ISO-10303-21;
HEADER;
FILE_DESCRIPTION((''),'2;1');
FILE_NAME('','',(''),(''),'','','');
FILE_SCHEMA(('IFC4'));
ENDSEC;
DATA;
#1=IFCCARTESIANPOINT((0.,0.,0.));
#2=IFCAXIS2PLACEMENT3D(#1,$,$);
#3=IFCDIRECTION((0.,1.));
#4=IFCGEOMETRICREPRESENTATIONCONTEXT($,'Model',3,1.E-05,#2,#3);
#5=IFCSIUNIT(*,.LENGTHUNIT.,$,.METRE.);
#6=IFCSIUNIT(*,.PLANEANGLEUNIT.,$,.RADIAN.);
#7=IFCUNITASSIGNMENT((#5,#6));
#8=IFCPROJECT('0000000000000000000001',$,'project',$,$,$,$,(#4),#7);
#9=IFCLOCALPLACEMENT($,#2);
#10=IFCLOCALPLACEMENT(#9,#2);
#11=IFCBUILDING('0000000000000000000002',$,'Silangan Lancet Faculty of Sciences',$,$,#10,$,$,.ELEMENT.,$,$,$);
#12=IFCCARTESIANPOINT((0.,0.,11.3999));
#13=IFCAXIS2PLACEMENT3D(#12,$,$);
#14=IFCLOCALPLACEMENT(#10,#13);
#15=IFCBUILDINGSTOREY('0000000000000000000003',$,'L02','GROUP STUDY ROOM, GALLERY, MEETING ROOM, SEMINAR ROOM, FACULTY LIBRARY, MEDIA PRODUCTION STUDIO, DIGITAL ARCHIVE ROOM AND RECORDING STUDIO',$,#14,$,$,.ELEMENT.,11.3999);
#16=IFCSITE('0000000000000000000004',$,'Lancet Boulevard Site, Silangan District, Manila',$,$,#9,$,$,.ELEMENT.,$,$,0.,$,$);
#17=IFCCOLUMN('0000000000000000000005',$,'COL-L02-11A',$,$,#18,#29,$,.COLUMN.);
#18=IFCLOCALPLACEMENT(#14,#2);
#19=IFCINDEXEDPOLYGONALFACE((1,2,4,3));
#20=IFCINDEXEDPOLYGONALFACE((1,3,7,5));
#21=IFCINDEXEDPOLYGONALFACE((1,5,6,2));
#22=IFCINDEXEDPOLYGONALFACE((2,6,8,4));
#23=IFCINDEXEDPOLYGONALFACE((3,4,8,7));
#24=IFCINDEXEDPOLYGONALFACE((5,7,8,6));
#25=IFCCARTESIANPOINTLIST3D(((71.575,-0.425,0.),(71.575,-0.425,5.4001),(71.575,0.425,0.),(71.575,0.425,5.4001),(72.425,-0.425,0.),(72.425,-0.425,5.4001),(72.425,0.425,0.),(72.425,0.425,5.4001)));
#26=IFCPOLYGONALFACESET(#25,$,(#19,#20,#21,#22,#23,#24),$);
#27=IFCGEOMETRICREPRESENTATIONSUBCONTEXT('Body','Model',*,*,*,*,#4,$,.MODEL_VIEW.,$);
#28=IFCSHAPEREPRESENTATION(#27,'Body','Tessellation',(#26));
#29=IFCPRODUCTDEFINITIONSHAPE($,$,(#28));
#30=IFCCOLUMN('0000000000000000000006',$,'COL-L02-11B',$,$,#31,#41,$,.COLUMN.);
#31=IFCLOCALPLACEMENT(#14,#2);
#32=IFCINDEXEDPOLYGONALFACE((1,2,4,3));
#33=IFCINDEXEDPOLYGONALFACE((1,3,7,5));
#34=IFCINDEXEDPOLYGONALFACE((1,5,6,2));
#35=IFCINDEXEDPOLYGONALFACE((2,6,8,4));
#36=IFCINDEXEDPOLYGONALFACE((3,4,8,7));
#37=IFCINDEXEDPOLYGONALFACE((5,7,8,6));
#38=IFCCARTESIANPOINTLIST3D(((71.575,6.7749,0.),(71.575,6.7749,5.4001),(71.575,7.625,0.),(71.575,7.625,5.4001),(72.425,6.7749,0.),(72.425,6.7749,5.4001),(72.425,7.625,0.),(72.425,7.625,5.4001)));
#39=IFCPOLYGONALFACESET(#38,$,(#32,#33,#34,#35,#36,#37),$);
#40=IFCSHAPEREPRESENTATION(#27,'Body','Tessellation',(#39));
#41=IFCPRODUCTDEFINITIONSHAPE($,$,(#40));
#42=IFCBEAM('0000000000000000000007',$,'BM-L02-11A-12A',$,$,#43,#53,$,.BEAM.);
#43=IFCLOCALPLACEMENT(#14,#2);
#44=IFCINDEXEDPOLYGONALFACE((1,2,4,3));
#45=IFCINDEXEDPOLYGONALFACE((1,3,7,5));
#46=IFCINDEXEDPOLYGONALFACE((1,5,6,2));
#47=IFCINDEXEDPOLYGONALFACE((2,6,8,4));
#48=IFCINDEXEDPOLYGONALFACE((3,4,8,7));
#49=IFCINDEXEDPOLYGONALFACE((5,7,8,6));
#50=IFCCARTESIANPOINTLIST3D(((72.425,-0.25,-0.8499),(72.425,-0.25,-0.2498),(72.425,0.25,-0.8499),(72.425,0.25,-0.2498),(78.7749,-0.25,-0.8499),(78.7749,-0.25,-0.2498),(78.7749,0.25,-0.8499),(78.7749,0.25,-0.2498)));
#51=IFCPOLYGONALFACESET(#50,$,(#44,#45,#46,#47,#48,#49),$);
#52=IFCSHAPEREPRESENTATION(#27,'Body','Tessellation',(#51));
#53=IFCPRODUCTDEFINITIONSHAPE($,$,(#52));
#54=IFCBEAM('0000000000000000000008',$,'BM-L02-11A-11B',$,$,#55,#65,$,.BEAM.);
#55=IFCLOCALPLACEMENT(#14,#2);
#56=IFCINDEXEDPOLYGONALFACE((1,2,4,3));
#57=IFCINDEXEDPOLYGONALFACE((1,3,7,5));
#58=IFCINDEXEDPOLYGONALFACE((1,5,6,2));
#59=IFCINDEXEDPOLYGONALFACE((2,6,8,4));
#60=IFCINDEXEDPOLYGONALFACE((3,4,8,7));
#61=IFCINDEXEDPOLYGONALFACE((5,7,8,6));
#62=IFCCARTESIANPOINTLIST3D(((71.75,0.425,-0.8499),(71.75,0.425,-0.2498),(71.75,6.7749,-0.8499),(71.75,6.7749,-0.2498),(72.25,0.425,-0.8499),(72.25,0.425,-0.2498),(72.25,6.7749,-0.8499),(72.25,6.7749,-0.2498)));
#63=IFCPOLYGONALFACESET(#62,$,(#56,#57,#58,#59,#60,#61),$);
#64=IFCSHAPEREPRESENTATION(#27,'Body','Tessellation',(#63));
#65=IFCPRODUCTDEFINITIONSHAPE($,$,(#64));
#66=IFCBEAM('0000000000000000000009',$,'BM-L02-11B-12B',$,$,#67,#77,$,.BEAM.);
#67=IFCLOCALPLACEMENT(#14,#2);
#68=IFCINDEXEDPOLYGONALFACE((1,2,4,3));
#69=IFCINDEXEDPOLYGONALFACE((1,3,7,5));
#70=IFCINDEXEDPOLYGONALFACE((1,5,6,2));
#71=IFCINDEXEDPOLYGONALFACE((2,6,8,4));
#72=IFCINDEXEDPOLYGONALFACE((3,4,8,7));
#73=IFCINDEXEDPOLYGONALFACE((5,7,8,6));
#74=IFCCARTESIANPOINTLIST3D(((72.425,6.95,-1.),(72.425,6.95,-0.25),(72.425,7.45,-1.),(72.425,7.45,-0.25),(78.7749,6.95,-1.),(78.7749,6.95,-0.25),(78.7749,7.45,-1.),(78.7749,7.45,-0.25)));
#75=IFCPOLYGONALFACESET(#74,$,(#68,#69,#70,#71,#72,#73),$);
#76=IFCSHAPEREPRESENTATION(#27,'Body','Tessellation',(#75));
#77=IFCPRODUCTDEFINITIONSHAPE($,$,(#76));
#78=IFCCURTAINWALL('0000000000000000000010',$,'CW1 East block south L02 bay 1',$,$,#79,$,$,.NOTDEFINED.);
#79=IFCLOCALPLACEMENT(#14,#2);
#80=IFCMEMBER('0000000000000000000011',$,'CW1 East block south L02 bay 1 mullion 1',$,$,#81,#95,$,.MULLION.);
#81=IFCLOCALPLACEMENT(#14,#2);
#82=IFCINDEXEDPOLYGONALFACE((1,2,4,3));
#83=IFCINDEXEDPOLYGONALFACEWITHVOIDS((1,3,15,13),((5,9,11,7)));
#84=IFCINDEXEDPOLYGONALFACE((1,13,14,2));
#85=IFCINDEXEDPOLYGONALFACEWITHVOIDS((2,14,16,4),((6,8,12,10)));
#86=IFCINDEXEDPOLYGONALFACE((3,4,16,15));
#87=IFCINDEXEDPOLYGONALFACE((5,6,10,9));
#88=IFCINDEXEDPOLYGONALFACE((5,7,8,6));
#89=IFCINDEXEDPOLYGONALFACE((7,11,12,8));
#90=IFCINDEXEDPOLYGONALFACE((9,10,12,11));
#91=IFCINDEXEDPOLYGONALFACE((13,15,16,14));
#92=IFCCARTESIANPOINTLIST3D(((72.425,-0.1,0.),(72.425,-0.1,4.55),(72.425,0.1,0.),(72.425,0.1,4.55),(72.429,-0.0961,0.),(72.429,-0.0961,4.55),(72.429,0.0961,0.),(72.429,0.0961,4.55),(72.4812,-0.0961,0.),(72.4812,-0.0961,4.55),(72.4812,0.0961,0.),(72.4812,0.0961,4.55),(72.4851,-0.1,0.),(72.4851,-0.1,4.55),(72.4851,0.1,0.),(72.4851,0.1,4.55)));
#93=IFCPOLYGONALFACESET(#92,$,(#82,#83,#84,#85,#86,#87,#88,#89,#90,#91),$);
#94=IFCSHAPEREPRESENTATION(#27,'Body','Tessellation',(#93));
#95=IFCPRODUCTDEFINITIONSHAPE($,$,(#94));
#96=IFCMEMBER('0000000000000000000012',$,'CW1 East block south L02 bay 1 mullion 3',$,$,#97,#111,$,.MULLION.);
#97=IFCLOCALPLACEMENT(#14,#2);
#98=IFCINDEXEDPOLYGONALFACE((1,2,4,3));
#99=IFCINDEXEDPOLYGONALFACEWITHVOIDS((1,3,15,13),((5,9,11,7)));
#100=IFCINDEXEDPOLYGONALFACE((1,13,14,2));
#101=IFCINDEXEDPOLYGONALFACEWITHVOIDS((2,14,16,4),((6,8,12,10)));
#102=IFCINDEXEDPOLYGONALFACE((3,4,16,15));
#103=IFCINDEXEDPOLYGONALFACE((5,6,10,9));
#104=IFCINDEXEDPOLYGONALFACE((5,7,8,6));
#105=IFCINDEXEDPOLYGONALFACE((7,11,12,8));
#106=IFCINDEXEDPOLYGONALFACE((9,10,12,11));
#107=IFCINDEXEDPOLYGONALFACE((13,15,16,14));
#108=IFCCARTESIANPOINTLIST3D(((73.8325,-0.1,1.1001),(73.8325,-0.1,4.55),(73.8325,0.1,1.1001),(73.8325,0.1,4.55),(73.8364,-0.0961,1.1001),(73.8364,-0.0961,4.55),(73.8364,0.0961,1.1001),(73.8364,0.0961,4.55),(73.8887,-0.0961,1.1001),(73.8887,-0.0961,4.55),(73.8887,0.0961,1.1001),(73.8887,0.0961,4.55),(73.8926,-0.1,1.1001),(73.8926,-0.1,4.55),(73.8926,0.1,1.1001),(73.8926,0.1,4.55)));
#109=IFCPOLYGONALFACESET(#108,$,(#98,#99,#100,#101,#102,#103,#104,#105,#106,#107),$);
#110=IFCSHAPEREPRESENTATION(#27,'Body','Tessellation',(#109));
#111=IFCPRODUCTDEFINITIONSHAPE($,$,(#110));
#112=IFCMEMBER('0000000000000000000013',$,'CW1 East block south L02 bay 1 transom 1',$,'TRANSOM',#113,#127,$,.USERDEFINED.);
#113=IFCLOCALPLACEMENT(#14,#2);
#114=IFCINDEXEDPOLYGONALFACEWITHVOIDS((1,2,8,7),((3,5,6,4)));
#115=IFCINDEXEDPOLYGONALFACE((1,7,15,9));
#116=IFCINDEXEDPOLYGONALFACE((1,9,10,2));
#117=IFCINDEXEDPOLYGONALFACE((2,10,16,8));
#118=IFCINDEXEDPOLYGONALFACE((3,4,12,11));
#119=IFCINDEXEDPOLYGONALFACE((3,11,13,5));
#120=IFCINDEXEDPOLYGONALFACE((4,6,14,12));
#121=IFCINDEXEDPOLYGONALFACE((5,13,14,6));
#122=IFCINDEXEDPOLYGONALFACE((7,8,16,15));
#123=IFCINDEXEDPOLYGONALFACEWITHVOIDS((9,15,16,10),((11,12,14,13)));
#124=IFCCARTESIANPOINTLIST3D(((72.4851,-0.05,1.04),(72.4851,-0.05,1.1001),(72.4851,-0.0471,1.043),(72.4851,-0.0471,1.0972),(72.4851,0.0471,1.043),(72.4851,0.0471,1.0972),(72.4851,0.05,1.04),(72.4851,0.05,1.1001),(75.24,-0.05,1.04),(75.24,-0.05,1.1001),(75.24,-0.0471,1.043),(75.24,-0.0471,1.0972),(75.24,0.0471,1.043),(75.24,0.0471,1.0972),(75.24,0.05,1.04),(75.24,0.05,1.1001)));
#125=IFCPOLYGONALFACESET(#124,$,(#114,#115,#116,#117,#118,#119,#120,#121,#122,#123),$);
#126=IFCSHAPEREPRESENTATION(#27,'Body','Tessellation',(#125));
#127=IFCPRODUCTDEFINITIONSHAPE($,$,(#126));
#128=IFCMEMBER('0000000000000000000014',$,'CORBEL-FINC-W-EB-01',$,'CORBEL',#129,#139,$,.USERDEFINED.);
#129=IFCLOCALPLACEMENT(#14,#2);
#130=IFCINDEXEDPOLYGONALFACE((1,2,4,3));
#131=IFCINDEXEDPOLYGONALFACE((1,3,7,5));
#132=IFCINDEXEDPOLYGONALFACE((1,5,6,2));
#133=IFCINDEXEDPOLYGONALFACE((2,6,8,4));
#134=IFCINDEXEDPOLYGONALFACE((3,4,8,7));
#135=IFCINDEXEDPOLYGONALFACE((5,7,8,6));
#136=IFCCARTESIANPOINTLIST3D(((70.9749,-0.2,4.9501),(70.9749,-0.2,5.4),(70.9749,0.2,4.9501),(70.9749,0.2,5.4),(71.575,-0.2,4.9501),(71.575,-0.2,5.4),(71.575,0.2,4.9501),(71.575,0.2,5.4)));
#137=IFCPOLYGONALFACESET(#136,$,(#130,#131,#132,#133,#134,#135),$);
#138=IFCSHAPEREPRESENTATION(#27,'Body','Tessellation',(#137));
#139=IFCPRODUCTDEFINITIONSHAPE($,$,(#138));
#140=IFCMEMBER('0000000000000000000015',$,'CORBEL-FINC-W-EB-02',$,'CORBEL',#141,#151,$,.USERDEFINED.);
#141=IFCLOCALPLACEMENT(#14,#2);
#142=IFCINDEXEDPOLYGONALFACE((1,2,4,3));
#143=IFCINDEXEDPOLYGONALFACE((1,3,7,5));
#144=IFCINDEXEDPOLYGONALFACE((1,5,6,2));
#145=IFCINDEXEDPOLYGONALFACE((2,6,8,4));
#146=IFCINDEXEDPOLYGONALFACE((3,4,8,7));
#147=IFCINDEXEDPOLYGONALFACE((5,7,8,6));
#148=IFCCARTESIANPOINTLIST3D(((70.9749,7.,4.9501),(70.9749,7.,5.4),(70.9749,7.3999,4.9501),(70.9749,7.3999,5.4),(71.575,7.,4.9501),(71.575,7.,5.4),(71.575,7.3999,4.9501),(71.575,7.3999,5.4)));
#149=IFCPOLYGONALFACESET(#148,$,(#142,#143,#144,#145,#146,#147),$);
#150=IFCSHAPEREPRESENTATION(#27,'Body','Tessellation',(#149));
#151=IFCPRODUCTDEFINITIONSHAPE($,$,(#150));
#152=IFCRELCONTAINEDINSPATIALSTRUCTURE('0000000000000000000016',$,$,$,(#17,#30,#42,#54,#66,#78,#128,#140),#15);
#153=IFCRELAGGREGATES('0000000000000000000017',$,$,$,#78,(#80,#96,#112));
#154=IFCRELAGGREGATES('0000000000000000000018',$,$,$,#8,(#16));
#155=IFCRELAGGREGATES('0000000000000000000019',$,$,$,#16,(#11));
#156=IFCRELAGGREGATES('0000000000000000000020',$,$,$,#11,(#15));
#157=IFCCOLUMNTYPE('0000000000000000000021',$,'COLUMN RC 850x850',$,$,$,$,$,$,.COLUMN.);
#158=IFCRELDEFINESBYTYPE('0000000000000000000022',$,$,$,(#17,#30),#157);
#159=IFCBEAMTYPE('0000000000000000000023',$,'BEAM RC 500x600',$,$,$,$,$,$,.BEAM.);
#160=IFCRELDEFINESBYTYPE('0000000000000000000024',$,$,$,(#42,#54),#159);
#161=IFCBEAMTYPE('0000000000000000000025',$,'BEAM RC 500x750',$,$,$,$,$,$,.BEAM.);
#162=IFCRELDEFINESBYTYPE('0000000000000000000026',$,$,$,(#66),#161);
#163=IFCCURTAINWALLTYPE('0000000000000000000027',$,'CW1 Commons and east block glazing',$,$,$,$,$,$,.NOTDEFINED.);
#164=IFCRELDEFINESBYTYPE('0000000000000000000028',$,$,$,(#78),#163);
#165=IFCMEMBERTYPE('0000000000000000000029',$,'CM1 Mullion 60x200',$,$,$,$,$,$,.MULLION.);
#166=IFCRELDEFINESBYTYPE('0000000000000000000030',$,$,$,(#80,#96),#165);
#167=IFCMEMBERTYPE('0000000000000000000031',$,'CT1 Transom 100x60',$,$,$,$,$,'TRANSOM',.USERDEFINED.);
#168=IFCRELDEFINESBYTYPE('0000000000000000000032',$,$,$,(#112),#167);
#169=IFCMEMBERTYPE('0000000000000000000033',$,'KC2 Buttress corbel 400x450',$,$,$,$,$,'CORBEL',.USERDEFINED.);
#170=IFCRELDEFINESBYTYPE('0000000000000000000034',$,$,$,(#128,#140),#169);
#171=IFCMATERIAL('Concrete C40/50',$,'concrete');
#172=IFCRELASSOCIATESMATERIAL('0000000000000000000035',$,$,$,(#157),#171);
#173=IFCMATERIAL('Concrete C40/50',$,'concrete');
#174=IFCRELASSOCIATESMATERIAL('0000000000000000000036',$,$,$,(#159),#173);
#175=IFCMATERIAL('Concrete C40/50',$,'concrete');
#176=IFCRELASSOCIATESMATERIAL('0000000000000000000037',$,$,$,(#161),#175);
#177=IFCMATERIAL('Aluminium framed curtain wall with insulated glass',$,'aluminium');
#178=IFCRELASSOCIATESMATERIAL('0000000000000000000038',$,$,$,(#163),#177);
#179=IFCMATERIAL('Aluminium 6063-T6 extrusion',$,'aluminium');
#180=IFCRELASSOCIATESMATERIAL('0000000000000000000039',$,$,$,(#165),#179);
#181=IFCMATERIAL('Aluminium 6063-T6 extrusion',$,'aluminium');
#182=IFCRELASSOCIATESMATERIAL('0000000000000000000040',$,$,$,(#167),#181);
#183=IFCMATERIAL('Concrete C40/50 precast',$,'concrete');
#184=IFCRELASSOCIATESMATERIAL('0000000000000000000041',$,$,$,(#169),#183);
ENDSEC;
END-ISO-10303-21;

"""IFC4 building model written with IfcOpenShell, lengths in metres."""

from ifc_helpers import new_model, si_unit, direction, frame, origin, origin_2d, place, context, subcontext, project, spatial, rectangle, hollow_rectangle, extrude, material, material_profile, profile_set, type_object, element, aggregate, save


model = new_model("IFC4")

# Units and contexts
model_context = context("Model", 3, precision=1e-05, world=origin(), true_north=direction((0.0, 1.0)))
body_context = subcontext(model_context, "Body", "Model", "MODEL_VIEW")
ifc_project = project(units=[si_unit("LENGTHUNIT", "METRE"), si_unit("PLANEANGLEUNIT", "RADIAN")], contexts=[model_context])

# Site, building, storey
site_placement = place(None, origin())
site = spatial("IfcSite", under=ifc_project, at=site_placement, Name="Lancet Boulevard Site, Silangan District, Manila", CompositionType="ELEMENT", RefElevation=0.0)
building_placement = place(site_placement, origin())
building = spatial("IfcBuilding", under=site, at=building_placement, Name="Silangan Lancet Faculty of Sciences", CompositionType="ELEMENT")
storey_placement = place(building_placement, frame((0.0, 0.0, 11.3999)))
storey = spatial("IfcBuildingStorey", under=building, at=storey_placement, Name="L02", Description="GROUP STUDY ROOM, GALLERY, MEETING ROOM, SEMINAR ROOM, FACULTY LIBRARY, MEDIA PRODUCTION STUDIO, DIGITAL ARCHIVE ROOM AND RECORDING STUDIO", CompositionType="ELEMENT", Elevation=11.3999)

# Columns
ifc_material_1 = material(Name="Concrete C40/50", Category="concrete")
ifc_material_profile_1 = material_profile(ifc_material_1, rectangle(XDim=0.8501, YDim=0.8501, at=origin_2d()), Name="RC 850x850")
ifc_profile_set_1 = profile_set([ifc_material_profile_1], Name="Concrete C40/50")
column_type = type_object("IfcColumnType", Name="COLUMN RC 850x850", PredefinedType="COLUMN", material=ifc_profile_set_1)
for number, where, z_axis, x_axis, name in (
    (1, (72.0, 0.0, 0.0), (0.0, 0.0, 1.0), (1.0, 0.0, 0.0), "COL-L02-11A"),
    (2, (72.0, 7.2, 0.0), (0.0, 0.0, 1.0), (1.0, 0.0, 0.0), "COL-L02-11B"),
):
    element("IfcColumn", number, at=place(storey_placement, frame(where, z_axis=z_axis, x_axis=x_axis)), inside=storey, type_object=column_type, Name=name, PredefinedType="COLUMN", context=body_context, shape_type="SweptSolid", body=[
        extrude(rectangle(XDim=0.8501, YDim=0.8501, at=origin_2d()), origin(), (0.0, 0.0, 1.0), 5.4001),
    ])

# Beams
ifc_material_2 = material(Name="Concrete C40/50", Category="concrete")
ifc_material_profile_2 = material_profile(ifc_material_2, rectangle(XDim=0.5, YDim=0.6001, at=origin_2d()), Name="RC 500x600")
ifc_profile_set_2 = profile_set([ifc_material_profile_2], Name="Concrete C40/50")
beam_type_1 = type_object("IfcBeamType", Name="BEAM RC 500x600", PredefinedType="BEAM", material=ifc_profile_set_2)
for number, where, z_axis, x_axis, name in (
    (3, (72.425, 0.0, -0.5498), (1.0, 0.0, 0.0), (0.0, 1.0, 0.0), "BM-L02-11A-12A"),
    (4, (72.0, 0.425, -0.5498), (0.0, 1.0, 0.0), (-1.0, 0.0, 0.0), "BM-L02-11A-11B"),
):
    element("IfcBeam", number, at=place(storey_placement, frame(where, z_axis=z_axis, x_axis=x_axis)), inside=storey, type_object=beam_type_1, Name=name, PredefinedType="BEAM", context=body_context, shape_type="SweptSolid", body=[
        extrude(rectangle(XDim=0.5, YDim=0.6001, at=origin_2d()), origin(), (0.0, 0.0, 1.0), 6.3499),
    ])
ifc_material_3 = material(Name="Concrete C40/50", Category="concrete")
ifc_material_profile_3 = material_profile(ifc_material_3, rectangle(XDim=0.5, YDim=0.75, at=origin_2d()), Name="RC 500x750")
ifc_profile_set_3 = profile_set([ifc_material_profile_3], Name="Concrete C40/50")
beam_type_2 = type_object("IfcBeamType", Name="BEAM RC 500x750", PredefinedType="BEAM", material=ifc_profile_set_3)
beam_placement = place(storey_placement, frame((72.425, 7.2, -0.625), z_axis=(1.0, 0.0, 0.0), x_axis=(0.0, 1.0, 0.0)))
element("IfcBeam", 5, at=beam_placement, inside=storey, type_object=beam_type_2, Name="BM-L02-11B-12B", PredefinedType="BEAM", context=body_context, shape_type="SweptSolid", body=[
    extrude(rectangle(XDim=0.5, YDim=0.75, at=origin_2d()), origin(), (0.0, 0.0, 1.0), 6.3499),
])

# Curtain wall, members
ifc_material_4 = material(Name="Aluminium framed curtain wall with insulated glass", Category="aluminium")
curtain_wall_type_1 = type_object("IfcCurtainWallType", Name="CW1 Commons and east block glazing", PredefinedType="NOTDEFINED", material=ifc_material_4)
curtain_wall_1_placement = place(storey_placement, origin())
curtain_wall_1 = element("IfcCurtainWall", 6, at=curtain_wall_1_placement, inside=storey, type_object=curtain_wall_type_1, Name="CW1 East block south L02 bay 1", PredefinedType="NOTDEFINED")
ifc_material_5 = material(Name="Aluminium 6063-T6 extrusion", Category="aluminium")
ifc_material_profile_4 = material_profile(ifc_material_5, hollow_rectangle(XDim=0.0601, YDim=0.2, WallThickness=0.0039, at=origin_2d()), Name="AL BOX 60x200x4")
ifc_profile_set_4 = profile_set([ifc_material_profile_4], Name="Aluminium 6063-T6 extrusion")
member_type_1 = type_object("IfcMemberType", Name="CM1 Mullion 60x200", PredefinedType="MULLION", material=ifc_profile_set_4)
member_1_placement = place(storey_placement, frame((72.4551, 0.0, 0.0), z_axis=(0.0, 0.0, 1.0), x_axis=(1.0, 0.0, 0.0)))
member_1 = element("IfcMember", 7, at=member_1_placement, type_object=member_type_1, Name="CW1 East block south L02 bay 1 mullion 1", PredefinedType="MULLION", context=body_context, shape_type="SweptSolid", body=[
    extrude(hollow_rectangle(XDim=0.0601, YDim=0.2, WallThickness=0.0039, at=origin_2d()), origin(), (0.0, 0.0, 1.0), 4.55),
])
member_2_placement = place(storey_placement, frame((73.8625, 0.0, 1.1001), z_axis=(0.0, 0.0, 1.0), x_axis=(1.0, 0.0, 0.0)))
member_2 = element("IfcMember", 8, at=member_2_placement, type_object=member_type_1, Name="CW1 East block south L02 bay 1 mullion 3", PredefinedType="MULLION", context=body_context, shape_type="SweptSolid", body=[
    extrude(hollow_rectangle(XDim=0.0601, YDim=0.2, WallThickness=0.0039, at=origin_2d()), origin(), (0.0, 0.0, 1.0), 3.45),
])
ifc_material_6 = material(Name="Aluminium 6063-T6 extrusion", Category="aluminium")
ifc_material_profile_5 = material_profile(ifc_material_6, hollow_rectangle(XDim=0.1001, YDim=0.0601, WallThickness=0.0029, at=origin_2d()), Name="AL BOX 100x60x3")
ifc_profile_set_5 = profile_set([ifc_material_profile_5], Name="Aluminium 6063-T6 extrusion")
member_type_2 = type_object("IfcMemberType", Name="CT1 Transom 100x60", ElementType="TRANSOM", PredefinedType="USERDEFINED", material=ifc_profile_set_5)
member_3_placement = place(storey_placement, frame((72.4851, 0.0, 1.0701), z_axis=(1.0, 0.0, 0.0), x_axis=(0.0, 1.0, 0.0)))
member_3 = element("IfcMember", 9, at=member_3_placement, type_object=member_type_2, Name="CW1 East block south L02 bay 1 transom 1", ObjectType="TRANSOM", PredefinedType="USERDEFINED", context=body_context, shape_type="SweptSolid", body=[
    extrude(hollow_rectangle(XDim=0.1001, YDim=0.0601, WallThickness=0.0029, at=origin_2d()), origin(), (0.0, 0.0, 1.0), 2.7549),
])

# Members
ifc_material_7 = material(Name="Concrete C40/50 precast", Category="concrete")
ifc_material_profile_6 = material_profile(ifc_material_7, rectangle(XDim=0.3999, YDim=0.45, at=origin_2d()), Name="RC 400x450")
ifc_profile_set_6 = profile_set([ifc_material_profile_6], Name="Concrete C40/50 precast")
member_type_3 = type_object("IfcMemberType", Name="KC2 Buttress corbel 400x450", ElementType="CORBEL", PredefinedType="USERDEFINED", material=ifc_profile_set_6)
for number, where, z_axis, x_axis, name in (
    (10, (71.575, 0.0, 5.175), (-1.0, 0.0, 0.0), (0.0, -1.0, 0.0), "CORBEL-FINC-W-EB-01"),
    (11, (71.575, 7.2, 5.175), (-1.0, 0.0, 0.0), (0.0, -1.0, 0.0), "CORBEL-FINC-W-EB-02"),
):
    element("IfcMember", number, at=place(storey_placement, frame(where, z_axis=z_axis, x_axis=x_axis)), inside=storey, type_object=member_type_3, Name=name, ObjectType="CORBEL", PredefinedType="USERDEFINED", context=body_context, shape_type="SweptSolid", body=[
        extrude(rectangle(XDim=0.3999, YDim=0.45, at=origin_2d()), origin(), (0.0, 0.0, 1.0), 0.6001),
    ])

aggregate(curtain_wall_1, [member_1, member_2, member_3])

save(model, "model.ifc")
